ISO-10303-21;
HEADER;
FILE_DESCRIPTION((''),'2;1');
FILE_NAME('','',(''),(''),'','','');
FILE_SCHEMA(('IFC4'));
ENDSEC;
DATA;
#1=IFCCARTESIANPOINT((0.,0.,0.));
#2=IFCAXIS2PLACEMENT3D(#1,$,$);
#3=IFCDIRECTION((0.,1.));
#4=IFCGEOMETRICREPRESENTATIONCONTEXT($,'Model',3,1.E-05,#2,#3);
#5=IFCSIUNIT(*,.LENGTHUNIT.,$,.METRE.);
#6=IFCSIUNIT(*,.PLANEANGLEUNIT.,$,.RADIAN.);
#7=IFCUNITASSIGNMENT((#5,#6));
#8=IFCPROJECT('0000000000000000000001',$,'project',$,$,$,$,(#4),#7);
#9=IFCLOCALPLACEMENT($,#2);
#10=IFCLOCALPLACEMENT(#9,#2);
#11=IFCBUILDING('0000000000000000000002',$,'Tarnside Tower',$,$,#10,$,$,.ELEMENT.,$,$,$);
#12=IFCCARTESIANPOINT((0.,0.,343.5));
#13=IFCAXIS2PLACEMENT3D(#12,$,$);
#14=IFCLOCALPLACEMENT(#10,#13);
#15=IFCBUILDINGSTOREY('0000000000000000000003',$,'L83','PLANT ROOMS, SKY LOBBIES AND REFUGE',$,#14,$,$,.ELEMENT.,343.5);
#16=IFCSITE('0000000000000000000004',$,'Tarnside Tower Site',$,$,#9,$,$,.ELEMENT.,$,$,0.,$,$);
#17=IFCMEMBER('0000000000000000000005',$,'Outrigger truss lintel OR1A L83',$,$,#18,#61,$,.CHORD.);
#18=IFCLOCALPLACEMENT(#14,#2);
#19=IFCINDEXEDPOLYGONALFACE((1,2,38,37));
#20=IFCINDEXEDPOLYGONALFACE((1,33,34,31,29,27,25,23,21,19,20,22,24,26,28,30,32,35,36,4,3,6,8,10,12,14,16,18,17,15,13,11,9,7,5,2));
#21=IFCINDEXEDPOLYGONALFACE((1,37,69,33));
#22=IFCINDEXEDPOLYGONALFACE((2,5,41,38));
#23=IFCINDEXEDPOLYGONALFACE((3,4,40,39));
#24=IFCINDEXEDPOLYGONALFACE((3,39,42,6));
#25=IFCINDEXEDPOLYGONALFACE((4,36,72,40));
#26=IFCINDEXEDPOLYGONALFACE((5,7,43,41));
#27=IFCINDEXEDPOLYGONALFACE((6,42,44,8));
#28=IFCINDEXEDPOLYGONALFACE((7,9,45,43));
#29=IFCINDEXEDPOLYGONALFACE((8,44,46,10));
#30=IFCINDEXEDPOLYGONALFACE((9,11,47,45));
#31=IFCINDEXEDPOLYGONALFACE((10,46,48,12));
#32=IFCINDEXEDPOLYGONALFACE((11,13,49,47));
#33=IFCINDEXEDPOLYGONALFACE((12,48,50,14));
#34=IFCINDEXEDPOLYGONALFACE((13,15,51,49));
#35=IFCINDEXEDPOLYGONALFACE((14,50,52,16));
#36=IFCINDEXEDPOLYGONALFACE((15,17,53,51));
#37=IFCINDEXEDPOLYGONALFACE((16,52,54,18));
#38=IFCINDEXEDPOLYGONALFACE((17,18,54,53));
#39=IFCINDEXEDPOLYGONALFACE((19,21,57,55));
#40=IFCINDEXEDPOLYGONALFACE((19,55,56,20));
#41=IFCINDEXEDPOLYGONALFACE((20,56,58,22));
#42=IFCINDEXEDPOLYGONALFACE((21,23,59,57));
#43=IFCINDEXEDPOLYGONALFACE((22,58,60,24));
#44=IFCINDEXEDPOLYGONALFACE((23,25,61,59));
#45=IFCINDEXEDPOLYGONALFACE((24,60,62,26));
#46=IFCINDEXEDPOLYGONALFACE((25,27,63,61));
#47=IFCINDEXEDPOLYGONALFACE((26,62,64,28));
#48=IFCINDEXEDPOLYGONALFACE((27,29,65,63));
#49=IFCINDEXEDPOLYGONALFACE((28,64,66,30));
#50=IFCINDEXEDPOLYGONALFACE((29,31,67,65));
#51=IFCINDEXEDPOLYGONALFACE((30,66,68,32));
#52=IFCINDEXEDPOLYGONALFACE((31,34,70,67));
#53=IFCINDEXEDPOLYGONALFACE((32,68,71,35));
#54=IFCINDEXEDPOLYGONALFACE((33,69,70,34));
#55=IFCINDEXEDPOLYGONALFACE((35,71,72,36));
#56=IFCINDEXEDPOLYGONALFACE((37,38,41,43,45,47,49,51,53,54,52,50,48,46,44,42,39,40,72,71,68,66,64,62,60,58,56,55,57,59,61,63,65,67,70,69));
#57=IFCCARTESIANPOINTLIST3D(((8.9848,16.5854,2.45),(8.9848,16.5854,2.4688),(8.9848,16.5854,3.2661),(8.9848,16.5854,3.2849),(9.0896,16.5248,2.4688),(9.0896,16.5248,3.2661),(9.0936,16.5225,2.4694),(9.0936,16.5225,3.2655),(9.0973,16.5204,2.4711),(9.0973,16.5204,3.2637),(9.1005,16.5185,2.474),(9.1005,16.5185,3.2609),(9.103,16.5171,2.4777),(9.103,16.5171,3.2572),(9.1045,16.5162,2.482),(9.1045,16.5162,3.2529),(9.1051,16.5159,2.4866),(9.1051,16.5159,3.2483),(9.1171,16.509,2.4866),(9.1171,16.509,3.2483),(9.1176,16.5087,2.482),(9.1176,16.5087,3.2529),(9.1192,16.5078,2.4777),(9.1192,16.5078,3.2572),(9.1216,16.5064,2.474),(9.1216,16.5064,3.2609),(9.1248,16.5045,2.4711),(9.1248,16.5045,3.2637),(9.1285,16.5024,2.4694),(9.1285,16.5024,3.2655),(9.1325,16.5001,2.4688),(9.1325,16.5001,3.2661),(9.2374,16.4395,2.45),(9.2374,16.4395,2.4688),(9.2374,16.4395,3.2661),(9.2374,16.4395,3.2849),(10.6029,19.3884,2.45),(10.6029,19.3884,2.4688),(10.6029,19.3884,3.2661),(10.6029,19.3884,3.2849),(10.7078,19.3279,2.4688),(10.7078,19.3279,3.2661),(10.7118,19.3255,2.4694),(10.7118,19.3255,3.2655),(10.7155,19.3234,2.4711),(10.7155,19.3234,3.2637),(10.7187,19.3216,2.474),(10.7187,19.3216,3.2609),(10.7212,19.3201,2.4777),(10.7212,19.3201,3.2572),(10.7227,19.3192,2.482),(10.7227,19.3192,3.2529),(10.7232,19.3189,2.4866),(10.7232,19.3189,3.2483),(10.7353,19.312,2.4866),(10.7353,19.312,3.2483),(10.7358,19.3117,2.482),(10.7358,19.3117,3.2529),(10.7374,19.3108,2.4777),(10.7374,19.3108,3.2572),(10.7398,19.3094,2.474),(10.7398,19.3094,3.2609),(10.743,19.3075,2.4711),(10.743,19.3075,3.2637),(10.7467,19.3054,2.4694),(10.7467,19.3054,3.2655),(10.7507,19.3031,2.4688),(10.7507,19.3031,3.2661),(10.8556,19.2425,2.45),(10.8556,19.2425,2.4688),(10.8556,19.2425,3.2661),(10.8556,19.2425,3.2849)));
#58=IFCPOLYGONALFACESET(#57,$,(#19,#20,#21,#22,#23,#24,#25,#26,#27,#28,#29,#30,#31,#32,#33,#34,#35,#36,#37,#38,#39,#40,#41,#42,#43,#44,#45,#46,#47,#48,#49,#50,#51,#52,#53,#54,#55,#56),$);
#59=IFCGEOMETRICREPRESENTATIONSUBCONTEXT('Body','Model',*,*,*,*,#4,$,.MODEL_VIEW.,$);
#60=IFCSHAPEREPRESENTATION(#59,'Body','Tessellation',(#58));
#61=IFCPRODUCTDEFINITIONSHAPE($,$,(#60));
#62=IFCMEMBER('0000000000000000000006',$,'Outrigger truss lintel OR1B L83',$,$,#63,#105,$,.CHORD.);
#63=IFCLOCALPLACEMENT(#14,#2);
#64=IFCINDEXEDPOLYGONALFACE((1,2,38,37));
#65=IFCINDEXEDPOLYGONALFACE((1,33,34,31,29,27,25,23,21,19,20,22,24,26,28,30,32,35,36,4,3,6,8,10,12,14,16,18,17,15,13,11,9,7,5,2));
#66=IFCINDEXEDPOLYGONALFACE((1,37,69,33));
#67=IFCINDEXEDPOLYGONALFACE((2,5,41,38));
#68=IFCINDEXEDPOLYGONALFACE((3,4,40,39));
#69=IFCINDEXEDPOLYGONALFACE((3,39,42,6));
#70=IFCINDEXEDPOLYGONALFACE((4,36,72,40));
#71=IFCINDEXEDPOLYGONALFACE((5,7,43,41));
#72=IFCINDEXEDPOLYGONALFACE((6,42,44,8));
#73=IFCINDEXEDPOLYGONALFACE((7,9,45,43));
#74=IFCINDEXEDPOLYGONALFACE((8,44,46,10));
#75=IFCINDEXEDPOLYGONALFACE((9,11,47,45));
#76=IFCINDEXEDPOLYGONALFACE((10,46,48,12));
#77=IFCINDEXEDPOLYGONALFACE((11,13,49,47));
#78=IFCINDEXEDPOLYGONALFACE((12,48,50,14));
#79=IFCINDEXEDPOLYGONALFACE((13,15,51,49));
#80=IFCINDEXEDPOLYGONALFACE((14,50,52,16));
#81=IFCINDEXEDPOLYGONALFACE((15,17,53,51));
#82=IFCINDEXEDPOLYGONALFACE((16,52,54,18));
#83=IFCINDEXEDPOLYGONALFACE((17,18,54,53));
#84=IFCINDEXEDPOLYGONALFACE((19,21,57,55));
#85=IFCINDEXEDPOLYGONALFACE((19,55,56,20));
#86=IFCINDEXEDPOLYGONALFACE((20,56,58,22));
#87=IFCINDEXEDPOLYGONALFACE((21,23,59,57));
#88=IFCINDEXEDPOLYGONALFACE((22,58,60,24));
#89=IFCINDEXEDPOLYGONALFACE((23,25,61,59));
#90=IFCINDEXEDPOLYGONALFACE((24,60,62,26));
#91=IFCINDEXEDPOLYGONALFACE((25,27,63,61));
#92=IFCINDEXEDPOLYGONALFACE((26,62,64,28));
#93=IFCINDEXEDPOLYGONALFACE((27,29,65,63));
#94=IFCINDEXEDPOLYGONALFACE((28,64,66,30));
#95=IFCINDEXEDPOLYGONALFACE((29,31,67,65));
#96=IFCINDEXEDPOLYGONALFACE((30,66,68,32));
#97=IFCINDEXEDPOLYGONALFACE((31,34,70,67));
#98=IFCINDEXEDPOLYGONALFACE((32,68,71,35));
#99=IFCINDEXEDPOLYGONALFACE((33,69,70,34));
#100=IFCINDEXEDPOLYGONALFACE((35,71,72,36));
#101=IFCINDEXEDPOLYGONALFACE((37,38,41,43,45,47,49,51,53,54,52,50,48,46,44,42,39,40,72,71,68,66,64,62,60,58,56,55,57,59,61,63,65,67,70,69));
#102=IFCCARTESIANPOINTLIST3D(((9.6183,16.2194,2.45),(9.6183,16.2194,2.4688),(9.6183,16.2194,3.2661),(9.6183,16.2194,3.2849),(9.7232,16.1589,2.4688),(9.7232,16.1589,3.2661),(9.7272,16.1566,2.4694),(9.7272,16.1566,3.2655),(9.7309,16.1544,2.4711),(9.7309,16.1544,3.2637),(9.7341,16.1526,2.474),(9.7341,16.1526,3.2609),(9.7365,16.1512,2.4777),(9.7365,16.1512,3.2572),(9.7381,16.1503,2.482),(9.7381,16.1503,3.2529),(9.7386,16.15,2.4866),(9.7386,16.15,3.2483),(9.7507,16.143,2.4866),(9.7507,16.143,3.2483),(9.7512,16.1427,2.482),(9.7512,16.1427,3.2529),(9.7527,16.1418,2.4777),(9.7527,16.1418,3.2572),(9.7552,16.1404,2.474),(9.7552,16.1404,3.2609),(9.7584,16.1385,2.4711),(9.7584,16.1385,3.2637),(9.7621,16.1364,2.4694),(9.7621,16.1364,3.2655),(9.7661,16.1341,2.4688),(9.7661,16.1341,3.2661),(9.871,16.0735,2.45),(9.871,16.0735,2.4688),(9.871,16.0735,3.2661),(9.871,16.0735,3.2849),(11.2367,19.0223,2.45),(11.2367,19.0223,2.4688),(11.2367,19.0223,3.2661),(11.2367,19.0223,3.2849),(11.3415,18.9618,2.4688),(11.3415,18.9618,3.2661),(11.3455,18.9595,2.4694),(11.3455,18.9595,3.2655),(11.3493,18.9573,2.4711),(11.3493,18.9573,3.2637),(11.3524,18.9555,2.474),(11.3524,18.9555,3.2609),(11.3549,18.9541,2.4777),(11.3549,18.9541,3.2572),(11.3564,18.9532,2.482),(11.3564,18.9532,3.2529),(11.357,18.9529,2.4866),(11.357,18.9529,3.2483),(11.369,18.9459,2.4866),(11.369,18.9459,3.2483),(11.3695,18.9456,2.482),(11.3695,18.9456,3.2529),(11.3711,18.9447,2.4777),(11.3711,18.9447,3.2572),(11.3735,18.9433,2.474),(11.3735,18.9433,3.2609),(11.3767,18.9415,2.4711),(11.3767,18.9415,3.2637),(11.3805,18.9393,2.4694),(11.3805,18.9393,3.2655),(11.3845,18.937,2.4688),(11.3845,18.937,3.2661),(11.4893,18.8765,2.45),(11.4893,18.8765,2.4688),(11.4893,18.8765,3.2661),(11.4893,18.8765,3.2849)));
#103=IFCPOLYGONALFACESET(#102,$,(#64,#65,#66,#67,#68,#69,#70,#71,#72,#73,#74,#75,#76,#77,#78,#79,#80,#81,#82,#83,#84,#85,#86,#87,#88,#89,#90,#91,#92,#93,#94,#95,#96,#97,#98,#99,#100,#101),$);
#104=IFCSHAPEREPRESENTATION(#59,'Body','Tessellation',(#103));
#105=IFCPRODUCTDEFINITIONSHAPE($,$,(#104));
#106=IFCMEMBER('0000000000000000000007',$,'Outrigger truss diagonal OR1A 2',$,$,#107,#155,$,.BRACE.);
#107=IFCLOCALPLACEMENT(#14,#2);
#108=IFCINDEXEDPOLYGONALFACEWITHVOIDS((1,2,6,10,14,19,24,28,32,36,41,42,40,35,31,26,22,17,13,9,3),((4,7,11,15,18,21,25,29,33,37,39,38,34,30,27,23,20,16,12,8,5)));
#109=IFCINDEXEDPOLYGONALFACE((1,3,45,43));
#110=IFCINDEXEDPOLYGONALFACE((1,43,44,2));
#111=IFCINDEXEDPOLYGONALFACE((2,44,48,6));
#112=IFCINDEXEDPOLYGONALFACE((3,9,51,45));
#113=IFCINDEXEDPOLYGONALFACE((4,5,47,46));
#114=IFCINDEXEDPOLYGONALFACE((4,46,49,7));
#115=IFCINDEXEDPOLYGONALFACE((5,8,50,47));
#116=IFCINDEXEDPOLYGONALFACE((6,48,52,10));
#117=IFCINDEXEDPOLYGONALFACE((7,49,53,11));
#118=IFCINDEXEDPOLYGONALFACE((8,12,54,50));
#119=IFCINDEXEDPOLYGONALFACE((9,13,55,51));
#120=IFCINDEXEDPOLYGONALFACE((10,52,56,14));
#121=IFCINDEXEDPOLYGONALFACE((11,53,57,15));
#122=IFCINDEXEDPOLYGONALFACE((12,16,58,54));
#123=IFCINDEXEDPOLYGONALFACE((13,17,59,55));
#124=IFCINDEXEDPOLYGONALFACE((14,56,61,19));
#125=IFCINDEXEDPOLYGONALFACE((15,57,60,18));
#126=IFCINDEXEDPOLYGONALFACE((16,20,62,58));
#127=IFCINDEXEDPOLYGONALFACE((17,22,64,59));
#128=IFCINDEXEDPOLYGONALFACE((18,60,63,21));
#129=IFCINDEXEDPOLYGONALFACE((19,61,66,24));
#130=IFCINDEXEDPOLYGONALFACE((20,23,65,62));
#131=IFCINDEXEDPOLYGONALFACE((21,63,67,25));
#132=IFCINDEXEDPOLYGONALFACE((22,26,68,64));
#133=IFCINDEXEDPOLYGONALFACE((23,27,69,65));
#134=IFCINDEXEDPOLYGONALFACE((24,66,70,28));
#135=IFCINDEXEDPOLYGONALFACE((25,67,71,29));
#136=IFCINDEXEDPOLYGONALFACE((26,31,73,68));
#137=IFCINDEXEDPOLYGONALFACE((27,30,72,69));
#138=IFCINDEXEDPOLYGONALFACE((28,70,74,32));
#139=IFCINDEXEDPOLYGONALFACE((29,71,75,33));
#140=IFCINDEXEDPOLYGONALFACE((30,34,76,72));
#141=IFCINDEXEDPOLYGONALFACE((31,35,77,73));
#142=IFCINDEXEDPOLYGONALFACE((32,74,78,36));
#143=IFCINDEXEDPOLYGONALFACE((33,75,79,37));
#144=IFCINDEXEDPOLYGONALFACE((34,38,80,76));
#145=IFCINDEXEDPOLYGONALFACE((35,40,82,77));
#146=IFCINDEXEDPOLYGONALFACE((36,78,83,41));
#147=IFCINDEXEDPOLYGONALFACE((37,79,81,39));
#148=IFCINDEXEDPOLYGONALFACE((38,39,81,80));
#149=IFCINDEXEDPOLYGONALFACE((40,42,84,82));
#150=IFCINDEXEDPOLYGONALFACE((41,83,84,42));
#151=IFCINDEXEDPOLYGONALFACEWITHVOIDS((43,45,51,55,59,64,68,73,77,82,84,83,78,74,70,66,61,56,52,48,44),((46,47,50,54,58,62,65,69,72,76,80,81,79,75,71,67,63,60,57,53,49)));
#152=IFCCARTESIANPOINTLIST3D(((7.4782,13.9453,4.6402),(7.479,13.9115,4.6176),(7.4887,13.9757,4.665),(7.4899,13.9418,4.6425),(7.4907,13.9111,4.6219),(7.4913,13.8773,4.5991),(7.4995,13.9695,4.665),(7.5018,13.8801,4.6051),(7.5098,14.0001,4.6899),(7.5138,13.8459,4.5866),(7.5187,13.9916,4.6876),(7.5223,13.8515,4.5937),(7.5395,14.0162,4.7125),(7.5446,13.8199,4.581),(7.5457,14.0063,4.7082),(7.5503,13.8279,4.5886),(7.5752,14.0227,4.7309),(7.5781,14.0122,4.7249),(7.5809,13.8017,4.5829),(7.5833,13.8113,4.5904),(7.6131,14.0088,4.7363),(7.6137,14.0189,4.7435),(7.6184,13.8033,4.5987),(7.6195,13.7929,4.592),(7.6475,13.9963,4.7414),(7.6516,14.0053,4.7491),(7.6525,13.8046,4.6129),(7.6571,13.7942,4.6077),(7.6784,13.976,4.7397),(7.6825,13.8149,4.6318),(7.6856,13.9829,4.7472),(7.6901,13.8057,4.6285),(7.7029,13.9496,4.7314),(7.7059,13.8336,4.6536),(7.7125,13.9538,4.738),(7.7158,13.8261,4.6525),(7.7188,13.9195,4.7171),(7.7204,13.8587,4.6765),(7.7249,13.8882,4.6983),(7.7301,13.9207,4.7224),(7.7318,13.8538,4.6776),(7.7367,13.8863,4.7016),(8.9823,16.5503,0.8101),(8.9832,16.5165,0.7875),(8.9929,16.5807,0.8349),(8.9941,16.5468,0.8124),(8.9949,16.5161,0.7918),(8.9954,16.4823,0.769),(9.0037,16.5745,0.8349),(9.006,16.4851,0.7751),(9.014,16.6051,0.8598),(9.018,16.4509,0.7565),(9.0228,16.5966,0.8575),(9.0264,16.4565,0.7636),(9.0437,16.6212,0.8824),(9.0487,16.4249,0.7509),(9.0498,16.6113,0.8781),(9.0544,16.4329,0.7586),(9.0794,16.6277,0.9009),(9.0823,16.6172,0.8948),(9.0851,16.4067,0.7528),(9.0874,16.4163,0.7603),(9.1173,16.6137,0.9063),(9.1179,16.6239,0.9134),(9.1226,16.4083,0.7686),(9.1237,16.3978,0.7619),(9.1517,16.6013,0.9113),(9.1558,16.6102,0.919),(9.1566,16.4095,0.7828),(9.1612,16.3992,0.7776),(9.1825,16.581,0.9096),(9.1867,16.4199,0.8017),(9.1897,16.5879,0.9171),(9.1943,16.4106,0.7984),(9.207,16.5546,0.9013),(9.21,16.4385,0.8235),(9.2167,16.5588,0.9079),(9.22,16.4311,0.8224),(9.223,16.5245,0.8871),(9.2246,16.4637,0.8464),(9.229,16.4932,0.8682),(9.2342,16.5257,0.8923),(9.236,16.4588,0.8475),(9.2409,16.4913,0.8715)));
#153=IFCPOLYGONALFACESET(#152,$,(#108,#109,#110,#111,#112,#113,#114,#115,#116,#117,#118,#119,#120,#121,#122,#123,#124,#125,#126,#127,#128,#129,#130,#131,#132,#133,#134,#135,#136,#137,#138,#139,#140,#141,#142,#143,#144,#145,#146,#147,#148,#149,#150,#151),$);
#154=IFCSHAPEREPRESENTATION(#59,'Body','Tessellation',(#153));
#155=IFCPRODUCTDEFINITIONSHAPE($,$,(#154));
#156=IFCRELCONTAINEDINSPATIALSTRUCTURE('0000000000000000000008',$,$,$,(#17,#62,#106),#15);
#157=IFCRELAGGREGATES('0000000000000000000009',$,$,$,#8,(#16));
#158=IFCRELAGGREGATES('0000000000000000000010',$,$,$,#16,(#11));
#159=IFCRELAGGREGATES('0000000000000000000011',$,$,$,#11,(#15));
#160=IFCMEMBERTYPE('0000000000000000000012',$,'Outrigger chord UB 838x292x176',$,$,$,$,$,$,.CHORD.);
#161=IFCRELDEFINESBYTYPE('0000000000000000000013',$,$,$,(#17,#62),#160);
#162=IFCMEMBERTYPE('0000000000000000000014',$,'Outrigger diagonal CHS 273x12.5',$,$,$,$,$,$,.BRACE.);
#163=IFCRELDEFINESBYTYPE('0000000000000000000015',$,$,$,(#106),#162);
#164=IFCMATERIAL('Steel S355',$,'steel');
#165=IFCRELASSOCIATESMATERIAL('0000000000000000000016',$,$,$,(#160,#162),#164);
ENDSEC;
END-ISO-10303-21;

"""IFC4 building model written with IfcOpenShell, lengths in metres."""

from ifc_helpers import new_model, si_unit, direction, frame, origin, origin_2d, place, context, subcontext, project, spatial, hollow_circle, i_section, extrude, material, material_profile, profile_set, type_object, element, save


model = new_model("IFC4")

# Units and contexts
model_context = context("Model", 3, precision=1e-05, world=origin(), true_north=direction((0.0, 1.0)))
body_context = subcontext(model_context, "Body", "Model", "MODEL_VIEW")
ifc_project = project(units=[si_unit("LENGTHUNIT", "METRE"), si_unit("PLANEANGLEUNIT", "RADIAN")], contexts=[model_context])

# Site, building, storey
site_placement = place(None, origin())
site = spatial("IfcSite", under=ifc_project, at=site_placement, Name="Tarnside Tower Site", CompositionType="ELEMENT", RefElevation=0.0)
building_placement = place(site_placement, origin())
building = spatial("IfcBuilding", under=site, at=building_placement, Name="Tarnside Tower", CompositionType="ELEMENT")
storey_placement = place(building_placement, frame((0.0, 0.0, 343.5)))
storey = spatial("IfcBuildingStorey", under=building, at=storey_placement, Name="L83", Description="PLANT ROOMS, SKY LOBBIES AND REFUGE", CompositionType="ELEMENT", Elevation=343.5)

# Members
ifc_material = material(Name="Steel S355", Category="steel")
ifc_material_profile_1 = material_profile(ifc_material, i_section(OverallWidth=0.2917, OverallDepth=0.835, WebThickness=0.0139, FlangeThickness=0.0188, FilletRadius=0.0178, at=origin_2d()), Name="UB 838x292x176")
ifc_profile_set_1 = profile_set([ifc_material_profile_1], Name="Steel S355")
member_type_1 = type_object("IfcMemberType", Name="Outrigger chord UB 838x292x176", PredefinedType="CHORD", material=ifc_profile_set_1)
for number, where, z_axis, x_axis, name in (
    (1, (9.1111, 16.5125, 2.8674), (0.499968, 0.866044, 0.0), (-0.866044, 0.499968, 0.0), "Outrigger truss lintel OR1A L83"),
    (2, (9.7446, 16.1465, 2.8674), (0.500025, 0.866011, 0.0), (-0.866011, 0.500025, 0.0), "Outrigger truss lintel OR1B L83"),
):
    element("IfcMember", number, at=place(storey_placement, frame(where, z_axis=z_axis, x_axis=x_axis)), inside=storey, type_object=member_type_1, Name=name, PredefinedType="CHORD", context=body_context, shape_type="SweptSolid", body=[
        extrude(i_section(OverallWidth=0.2917, OverallDepth=0.835, WebThickness=0.0139, FlangeThickness=0.0188, FilletRadius=0.0178, at=origin_2d()), origin(), (0.0, 0.0, 1.0), 3.2366),
    ])
ifc_material_profile_2 = material_profile(ifc_material, hollow_circle(Radius=0.1365, WallThickness=0.0125, at=origin_2d()), Name="CHS 273x12.5")
ifc_profile_set_2 = profile_set([ifc_material_profile_2], Name="Steel S355")
member_type_2 = type_object("IfcMemberType", Name="Outrigger diagonal CHS 273x12.5", PredefinedType="BRACE", material=ifc_profile_set_2)
member_1_placement = place(storey_placement, frame((7.6069, 13.9075, 4.665), z_axis=(0.308854, 0.534892, -0.786447), x_axis=(-0.866002, 0.500041, 0.0)))
element("IfcMember", 3, at=member_1_placement, inside=storey, type_object=member_type_2, Name="Outrigger truss diagonal OR1A 2", PredefinedType="BRACE", context=body_context, shape_type="SweptSolid", body=[
    extrude(hollow_circle(Radius=0.1365, WallThickness=0.0125, at=origin_2d()), origin(), (0.0, 0.0, 1.0), 4.8701),
])

save(model, "model.ifc")
